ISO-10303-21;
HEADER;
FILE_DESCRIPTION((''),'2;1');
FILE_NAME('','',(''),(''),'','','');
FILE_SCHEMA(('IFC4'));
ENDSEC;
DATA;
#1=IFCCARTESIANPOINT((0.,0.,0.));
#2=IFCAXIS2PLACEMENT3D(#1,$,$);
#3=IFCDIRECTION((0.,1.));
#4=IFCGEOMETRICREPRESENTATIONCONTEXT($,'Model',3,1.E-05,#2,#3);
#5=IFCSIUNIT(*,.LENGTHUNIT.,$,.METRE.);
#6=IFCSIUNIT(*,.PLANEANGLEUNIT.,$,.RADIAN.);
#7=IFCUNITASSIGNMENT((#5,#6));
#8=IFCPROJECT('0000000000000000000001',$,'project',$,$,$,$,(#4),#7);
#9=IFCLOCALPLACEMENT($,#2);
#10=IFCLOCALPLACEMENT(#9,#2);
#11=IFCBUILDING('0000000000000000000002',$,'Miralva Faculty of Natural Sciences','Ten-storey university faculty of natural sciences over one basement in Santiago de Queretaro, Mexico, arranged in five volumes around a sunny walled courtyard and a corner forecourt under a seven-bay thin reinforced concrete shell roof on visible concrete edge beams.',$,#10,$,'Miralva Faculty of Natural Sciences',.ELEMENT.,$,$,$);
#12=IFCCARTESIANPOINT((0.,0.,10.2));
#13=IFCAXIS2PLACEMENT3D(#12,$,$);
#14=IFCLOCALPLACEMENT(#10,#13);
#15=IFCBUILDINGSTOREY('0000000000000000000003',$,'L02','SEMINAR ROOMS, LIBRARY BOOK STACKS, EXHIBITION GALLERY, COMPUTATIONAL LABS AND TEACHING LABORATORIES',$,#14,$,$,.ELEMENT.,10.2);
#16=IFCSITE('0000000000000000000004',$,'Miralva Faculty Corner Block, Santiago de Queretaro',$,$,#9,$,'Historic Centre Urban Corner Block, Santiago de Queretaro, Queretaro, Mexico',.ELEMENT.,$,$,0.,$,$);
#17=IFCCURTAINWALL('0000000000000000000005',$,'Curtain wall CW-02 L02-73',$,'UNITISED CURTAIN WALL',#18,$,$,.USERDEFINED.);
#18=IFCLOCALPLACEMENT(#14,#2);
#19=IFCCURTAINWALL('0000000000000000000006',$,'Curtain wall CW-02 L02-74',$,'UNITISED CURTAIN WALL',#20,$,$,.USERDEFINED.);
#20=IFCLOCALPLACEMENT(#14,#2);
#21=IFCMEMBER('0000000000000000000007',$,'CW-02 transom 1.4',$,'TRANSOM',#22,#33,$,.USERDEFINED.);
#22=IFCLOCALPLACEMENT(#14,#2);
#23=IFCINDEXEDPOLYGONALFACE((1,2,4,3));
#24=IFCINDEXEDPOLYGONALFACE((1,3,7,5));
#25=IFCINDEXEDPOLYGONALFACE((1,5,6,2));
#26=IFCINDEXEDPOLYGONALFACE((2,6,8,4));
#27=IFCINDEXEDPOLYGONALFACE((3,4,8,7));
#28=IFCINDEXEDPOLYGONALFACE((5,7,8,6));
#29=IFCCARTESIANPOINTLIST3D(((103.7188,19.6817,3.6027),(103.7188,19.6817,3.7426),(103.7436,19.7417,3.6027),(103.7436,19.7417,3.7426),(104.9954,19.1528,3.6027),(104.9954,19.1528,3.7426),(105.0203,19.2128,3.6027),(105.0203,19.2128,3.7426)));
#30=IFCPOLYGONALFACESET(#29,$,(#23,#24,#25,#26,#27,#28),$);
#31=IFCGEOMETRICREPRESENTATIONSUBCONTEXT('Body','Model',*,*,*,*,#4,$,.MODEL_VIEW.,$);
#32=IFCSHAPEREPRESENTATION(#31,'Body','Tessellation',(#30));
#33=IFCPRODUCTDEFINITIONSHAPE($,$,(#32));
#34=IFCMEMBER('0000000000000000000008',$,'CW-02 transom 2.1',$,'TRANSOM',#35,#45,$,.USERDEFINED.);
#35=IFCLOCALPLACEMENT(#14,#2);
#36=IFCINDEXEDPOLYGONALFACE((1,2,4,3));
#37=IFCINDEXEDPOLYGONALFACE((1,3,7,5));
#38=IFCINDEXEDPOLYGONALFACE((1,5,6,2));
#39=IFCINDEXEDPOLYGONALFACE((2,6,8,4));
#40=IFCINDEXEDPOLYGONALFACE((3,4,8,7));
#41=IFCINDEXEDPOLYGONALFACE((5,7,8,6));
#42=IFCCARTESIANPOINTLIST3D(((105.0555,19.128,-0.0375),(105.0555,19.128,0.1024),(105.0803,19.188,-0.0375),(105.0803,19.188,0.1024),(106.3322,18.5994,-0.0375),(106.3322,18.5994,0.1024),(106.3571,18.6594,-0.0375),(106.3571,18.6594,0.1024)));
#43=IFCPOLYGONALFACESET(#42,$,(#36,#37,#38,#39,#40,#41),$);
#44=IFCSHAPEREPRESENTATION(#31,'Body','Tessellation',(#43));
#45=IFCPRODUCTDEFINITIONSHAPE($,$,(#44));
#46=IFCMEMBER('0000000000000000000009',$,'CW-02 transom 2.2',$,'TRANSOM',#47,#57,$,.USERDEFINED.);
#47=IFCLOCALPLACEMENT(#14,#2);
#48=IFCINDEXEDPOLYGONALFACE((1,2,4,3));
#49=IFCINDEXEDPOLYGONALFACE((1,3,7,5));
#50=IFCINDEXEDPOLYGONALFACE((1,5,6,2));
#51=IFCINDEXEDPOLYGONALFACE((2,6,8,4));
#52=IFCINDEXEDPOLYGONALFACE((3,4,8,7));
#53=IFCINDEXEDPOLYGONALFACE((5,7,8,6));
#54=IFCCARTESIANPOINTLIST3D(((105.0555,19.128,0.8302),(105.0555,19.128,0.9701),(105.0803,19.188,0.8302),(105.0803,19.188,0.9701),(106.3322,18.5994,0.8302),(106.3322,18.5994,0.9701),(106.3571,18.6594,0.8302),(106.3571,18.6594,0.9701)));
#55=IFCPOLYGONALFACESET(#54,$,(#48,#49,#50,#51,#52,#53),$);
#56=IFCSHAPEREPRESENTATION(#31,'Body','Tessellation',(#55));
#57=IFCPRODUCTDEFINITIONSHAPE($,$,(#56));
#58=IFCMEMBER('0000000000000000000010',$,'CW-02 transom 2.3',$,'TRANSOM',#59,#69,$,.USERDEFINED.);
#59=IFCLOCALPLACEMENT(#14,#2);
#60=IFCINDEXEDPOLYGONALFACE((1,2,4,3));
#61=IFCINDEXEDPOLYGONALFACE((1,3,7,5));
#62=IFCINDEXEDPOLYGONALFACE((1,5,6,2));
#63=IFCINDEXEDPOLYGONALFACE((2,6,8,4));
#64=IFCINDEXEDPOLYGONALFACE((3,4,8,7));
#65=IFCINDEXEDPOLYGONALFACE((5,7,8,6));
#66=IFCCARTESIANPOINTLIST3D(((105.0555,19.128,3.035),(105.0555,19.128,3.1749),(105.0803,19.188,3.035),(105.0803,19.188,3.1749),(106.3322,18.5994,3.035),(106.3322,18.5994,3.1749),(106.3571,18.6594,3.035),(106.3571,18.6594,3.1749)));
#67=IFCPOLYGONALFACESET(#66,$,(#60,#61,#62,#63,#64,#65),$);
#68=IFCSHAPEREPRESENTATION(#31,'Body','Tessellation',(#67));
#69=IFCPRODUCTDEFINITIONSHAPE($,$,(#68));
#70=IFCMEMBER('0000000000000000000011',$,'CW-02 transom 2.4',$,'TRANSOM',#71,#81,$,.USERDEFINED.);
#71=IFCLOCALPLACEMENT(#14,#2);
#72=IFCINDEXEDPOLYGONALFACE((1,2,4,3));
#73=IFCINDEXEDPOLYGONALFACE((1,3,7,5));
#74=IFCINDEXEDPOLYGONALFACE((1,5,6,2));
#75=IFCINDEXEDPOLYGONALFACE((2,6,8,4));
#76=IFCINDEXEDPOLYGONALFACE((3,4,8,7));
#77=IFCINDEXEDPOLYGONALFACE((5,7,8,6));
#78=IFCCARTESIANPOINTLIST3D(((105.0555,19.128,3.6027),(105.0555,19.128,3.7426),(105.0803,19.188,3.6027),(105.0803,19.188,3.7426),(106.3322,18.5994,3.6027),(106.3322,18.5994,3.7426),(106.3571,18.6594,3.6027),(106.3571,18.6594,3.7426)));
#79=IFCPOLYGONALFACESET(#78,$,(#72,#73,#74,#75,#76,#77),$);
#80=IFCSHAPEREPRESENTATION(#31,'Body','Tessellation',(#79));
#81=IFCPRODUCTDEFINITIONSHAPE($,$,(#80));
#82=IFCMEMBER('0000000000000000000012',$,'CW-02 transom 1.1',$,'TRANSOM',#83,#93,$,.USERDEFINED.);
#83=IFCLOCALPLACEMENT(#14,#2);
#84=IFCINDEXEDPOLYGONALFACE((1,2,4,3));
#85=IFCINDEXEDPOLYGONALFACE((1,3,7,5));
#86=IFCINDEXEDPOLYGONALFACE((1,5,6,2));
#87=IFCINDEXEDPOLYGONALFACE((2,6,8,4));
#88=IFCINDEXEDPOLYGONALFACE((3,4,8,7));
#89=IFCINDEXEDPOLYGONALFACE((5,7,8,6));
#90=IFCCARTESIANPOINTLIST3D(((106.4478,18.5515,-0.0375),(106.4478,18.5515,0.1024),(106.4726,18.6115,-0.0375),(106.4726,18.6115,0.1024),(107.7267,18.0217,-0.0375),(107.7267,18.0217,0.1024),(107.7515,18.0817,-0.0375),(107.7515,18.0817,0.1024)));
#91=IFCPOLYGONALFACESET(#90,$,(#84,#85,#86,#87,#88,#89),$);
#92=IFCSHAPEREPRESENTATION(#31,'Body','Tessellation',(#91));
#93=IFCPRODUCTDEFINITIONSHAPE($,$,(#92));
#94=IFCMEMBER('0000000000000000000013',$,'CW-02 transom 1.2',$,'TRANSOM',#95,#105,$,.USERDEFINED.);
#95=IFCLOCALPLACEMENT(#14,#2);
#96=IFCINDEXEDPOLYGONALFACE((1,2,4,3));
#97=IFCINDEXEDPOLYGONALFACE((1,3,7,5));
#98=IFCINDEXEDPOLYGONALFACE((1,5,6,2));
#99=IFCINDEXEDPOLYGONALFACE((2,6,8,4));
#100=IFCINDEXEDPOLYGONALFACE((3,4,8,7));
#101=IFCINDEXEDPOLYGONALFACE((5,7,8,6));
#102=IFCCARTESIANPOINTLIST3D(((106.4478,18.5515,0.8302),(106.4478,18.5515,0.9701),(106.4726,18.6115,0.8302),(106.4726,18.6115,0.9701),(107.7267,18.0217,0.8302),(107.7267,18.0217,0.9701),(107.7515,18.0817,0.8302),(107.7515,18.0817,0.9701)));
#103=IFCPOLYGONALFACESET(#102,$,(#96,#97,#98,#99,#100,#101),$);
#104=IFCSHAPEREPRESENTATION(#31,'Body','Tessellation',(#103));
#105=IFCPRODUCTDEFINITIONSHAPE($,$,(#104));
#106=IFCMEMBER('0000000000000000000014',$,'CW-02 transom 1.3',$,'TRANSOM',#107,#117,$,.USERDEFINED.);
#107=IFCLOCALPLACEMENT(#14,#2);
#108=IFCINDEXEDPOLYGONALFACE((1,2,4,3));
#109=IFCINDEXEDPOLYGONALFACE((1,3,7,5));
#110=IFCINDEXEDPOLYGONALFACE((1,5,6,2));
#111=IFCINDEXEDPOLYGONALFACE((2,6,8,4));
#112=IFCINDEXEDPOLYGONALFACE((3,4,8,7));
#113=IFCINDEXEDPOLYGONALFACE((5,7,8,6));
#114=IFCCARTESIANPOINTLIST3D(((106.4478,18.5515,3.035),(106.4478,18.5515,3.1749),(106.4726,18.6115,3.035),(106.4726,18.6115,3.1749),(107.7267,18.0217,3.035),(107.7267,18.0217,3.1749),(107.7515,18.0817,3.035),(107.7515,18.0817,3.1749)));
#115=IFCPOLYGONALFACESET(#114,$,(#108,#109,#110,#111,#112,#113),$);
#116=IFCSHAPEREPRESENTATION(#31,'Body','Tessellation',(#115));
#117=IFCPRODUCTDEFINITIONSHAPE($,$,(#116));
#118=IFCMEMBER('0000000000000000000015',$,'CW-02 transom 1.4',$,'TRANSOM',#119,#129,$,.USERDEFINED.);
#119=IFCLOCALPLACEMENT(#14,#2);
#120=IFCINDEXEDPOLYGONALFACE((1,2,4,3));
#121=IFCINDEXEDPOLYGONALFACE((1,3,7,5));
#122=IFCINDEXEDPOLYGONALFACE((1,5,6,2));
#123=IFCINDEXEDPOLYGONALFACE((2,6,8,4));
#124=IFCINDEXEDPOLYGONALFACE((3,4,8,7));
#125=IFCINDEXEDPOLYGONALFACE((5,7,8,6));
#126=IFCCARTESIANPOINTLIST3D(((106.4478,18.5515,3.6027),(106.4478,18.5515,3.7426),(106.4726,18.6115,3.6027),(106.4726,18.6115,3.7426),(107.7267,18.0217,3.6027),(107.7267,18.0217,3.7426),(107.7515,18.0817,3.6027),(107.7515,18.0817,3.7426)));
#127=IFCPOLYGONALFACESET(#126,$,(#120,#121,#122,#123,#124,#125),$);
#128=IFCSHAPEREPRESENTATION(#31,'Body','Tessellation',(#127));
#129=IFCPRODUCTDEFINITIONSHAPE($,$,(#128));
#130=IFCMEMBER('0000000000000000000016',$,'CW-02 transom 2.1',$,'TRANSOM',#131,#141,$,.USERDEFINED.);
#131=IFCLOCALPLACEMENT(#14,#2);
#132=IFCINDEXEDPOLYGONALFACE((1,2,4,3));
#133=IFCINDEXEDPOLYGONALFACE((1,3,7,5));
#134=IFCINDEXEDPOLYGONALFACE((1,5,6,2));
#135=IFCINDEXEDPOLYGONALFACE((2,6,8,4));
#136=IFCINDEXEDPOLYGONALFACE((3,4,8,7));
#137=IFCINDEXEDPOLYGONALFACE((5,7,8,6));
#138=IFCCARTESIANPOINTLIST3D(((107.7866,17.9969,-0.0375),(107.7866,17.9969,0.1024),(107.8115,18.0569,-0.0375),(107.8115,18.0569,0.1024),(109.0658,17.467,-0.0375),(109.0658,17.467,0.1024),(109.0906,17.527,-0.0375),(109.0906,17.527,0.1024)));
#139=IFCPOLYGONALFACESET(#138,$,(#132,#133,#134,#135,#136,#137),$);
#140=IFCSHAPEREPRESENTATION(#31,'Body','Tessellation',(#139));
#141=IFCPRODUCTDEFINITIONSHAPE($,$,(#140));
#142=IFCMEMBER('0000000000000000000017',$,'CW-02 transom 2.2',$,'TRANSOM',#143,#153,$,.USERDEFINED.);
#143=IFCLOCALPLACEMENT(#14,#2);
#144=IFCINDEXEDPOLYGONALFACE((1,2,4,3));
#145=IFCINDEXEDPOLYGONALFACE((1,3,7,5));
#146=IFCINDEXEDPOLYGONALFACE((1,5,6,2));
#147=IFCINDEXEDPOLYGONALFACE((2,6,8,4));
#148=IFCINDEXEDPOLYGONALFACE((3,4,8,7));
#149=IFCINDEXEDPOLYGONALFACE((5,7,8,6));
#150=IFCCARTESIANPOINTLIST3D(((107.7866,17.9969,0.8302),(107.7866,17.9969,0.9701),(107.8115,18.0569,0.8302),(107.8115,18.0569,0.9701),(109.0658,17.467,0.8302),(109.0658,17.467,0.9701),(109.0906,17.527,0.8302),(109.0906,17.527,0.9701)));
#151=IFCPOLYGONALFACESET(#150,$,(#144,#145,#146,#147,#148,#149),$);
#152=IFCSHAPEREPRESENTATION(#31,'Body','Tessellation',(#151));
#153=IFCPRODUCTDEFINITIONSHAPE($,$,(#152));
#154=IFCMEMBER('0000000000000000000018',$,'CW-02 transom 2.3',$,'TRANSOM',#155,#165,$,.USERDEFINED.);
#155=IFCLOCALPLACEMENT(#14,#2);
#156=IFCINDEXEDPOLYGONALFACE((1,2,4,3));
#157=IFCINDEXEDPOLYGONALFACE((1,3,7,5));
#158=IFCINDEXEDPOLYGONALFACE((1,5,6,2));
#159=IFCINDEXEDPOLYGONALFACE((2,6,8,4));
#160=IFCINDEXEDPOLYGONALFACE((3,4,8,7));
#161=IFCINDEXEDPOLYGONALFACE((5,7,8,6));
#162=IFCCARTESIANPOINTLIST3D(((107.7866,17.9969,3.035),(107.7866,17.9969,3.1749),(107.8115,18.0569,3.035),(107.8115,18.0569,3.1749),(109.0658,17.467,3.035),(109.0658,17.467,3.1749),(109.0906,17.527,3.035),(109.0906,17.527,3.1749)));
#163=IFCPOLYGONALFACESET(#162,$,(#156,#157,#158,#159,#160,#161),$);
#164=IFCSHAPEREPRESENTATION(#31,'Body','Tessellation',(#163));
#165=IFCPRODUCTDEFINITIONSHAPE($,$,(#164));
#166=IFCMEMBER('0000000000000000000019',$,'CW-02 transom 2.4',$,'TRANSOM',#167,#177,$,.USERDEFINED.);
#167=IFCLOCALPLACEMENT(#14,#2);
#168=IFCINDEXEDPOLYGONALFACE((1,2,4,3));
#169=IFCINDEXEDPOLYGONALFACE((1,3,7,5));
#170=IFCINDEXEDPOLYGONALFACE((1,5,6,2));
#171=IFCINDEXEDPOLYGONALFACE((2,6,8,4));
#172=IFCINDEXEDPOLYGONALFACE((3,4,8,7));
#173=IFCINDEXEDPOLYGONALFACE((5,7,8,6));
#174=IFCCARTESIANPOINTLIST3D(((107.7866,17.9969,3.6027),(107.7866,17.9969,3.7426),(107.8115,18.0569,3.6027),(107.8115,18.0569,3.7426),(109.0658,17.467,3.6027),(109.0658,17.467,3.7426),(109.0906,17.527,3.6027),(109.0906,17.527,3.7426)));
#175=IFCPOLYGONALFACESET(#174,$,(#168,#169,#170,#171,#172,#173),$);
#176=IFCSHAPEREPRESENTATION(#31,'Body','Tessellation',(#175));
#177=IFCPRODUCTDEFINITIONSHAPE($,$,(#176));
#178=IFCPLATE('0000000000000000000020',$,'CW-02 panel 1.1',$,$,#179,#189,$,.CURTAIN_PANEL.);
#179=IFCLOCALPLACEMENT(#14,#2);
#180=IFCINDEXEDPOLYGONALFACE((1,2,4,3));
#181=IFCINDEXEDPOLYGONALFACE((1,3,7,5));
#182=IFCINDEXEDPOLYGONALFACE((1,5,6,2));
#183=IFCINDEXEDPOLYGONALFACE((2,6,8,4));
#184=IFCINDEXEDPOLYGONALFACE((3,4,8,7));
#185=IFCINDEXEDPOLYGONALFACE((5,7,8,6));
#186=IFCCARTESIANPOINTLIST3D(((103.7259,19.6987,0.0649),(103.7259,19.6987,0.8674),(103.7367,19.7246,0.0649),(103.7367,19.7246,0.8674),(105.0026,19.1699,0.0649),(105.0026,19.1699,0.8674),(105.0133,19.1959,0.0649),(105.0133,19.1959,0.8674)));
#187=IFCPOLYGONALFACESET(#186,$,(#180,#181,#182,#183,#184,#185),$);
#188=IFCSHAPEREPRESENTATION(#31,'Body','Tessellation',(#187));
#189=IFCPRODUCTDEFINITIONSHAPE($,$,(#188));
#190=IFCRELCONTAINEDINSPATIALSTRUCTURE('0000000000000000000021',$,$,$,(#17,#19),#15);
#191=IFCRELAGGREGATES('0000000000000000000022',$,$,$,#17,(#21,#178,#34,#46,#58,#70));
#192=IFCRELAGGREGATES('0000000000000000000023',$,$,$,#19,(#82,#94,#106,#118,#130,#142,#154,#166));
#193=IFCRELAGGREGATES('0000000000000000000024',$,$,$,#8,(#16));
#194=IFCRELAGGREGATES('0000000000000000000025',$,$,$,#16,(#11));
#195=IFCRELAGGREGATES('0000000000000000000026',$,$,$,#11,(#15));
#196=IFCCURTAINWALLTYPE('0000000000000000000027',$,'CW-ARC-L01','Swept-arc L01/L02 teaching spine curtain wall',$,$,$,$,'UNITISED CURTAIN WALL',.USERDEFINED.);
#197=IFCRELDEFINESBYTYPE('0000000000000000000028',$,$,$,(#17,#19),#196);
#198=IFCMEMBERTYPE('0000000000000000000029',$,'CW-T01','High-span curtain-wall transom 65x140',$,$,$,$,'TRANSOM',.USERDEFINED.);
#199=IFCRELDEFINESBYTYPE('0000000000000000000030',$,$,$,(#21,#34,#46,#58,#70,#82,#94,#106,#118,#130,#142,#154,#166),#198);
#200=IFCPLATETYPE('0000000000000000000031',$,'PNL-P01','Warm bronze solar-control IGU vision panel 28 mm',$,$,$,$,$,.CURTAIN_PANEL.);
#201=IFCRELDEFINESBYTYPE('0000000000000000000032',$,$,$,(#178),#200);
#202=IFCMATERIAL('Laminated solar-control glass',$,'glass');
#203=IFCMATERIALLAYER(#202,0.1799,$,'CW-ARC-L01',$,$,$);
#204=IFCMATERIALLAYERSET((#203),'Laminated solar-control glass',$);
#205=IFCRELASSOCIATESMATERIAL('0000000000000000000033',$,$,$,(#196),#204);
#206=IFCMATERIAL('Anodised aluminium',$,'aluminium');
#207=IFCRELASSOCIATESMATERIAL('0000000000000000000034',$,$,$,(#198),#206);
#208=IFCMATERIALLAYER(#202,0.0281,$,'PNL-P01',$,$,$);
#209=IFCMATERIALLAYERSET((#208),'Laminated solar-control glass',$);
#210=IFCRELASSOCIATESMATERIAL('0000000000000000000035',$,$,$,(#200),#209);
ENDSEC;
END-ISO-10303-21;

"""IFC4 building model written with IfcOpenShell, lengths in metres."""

from ifc_helpers import new_model, si_unit, direction, frame, origin, origin_2d, place, context, subcontext, project, spatial, rectangle, extrude, material, layer, layer_set, material_profile, profile_set, type_object, element, aggregate, save


model = new_model("IFC4")

# Units and contexts
model_context = context("Model", 3, precision=1e-05, world=origin(), true_north=direction((0.0, 1.0)))
body_context = subcontext(model_context, "Body", "Model", "MODEL_VIEW")
ifc_project = project(units=[si_unit("LENGTHUNIT", "METRE"), si_unit("PLANEANGLEUNIT", "RADIAN")], contexts=[model_context])

# Site, building, storey
site_placement = place(None, origin())
site = spatial("IfcSite", under=ifc_project, at=site_placement, Name="Miralva Faculty Corner Block, Santiago de Queretaro", LongName="Historic Centre Urban Corner Block, Santiago de Queretaro, Queretaro, Mexico", CompositionType="ELEMENT", RefElevation=0.0)
building_placement = place(site_placement, origin())
building = spatial("IfcBuilding", under=site, at=building_placement, Name="Miralva Faculty of Natural Sciences", Description="Ten-storey university faculty of natural sciences over one basement in Santiago de Queretaro, Mexico, arranged in five volumes around a sunny walled courtyard and a corner forecourt under a seven-bay thin reinforced concrete shell roof on visible concrete edge beams.", LongName="Miralva Faculty of Natural Sciences", CompositionType="ELEMENT")
storey_placement = place(building_placement, frame((0.0, 0.0, 10.2)))
storey = spatial("IfcBuildingStorey", under=building, at=storey_placement, Name="L02", Description="SEMINAR ROOMS, LIBRARY BOOK STACKS, EXHIBITION GALLERY, COMPUTATIONAL LABS AND TEACHING LABORATORIES", CompositionType="ELEMENT", Elevation=10.2)

# Curtain walls
ifc_material_1 = material(Name="Laminated solar-control glass", Category="glass")
ifc_layer_1 = layer(ifc_material_1, 0.1799, Name="CW-ARC-L01")
ifc_layer_set_1 = layer_set([ifc_layer_1], Name="Laminated solar-control glass")
curtain_wall_type = type_object("IfcCurtainWallType", Name="CW-ARC-L01", Description="Swept-arc L01/L02 teaching spine curtain wall", ElementType="UNITISED CURTAIN WALL", PredefinedType="USERDEFINED", material=ifc_layer_set_1)
curtain_wall_1_placement = place(storey_placement, origin())
curtain_wall_1 = element("IfcCurtainWall", 1, at=curtain_wall_1_placement, inside=storey, type_object=curtain_wall_type, Name="Curtain wall CW-02 L02-73", ObjectType="UNITISED CURTAIN WALL", PredefinedType="USERDEFINED")
ifc_material_2 = material(Name="Anodised aluminium", Category="aluminium")
curtain_wall_2_placement = place(storey_placement, origin())
curtain_wall_2 = element("IfcCurtainWall", 2, at=curtain_wall_2_placement, inside=storey, type_object=curtain_wall_type, Name="Curtain wall CW-02 L02-74", ObjectType="UNITISED CURTAIN WALL", PredefinedType="USERDEFINED")

# Members
ifc_material_profile_1 = material_profile(ifc_material_2, rectangle(XDim=0.0649, YDim=0.1399, at=origin_2d()), Name="TRANSOM 65x140")
ifc_profile_set_1 = profile_set([ifc_material_profile_1], Name="Anodised aluminium")
member_type_1 = type_object("IfcMemberType", Name="CW-T01", Description="High-span curtain-wall transom 65x140", ElementType="TRANSOM", PredefinedType="USERDEFINED", material=ifc_profile_set_1)
member_1_placement = place(storey_placement, frame((103.7312, 19.7117, 3.6726), z_axis=(0.923875, -0.382695, 0.0), x_axis=(0.382695, 0.923875, 0.0)))
member_1 = element("IfcMember", 3, at=member_1_placement, type_object=member_type_1, Name="CW-02 transom 1.4", ObjectType="TRANSOM", PredefinedType="USERDEFINED", context=body_context, shape_type="SweptSolid", body=[
    extrude(rectangle(XDim=0.0649, YDim=0.1399, at=origin_2d()), origin(), (0.0, 0.0, 1.0), 1.3818),
])
member_2_placement = place(storey_placement, frame((105.0679, 19.158, 0.0325), z_axis=(0.923963, -0.382482, 0.0), x_axis=(0.382482, 0.923963, 0.0)))
member_2 = element("IfcMember", 4, at=member_2_placement, type_object=member_type_1, Name="CW-02 transom 2.1", ObjectType="TRANSOM", PredefinedType="USERDEFINED", context=body_context, shape_type="SweptSolid", body=[
    extrude(rectangle(XDim=0.0649, YDim=0.1399, at=origin_2d()), origin(), (0.0, 0.0, 1.0), 1.3818),
])
member_3_placement = place(storey_placement, frame((105.0679, 19.158, 0.9001), z_axis=(0.923963, -0.382482, 0.0), x_axis=(0.382482, 0.923963, 0.0)))
member_3 = element("IfcMember", 5, at=member_3_placement, type_object=member_type_1, Name="CW-02 transom 2.2", ObjectType="TRANSOM", PredefinedType="USERDEFINED", context=body_context, shape_type="SweptSolid", body=[
    extrude(rectangle(XDim=0.0649, YDim=0.1399, at=origin_2d()), origin(), (0.0, 0.0, 1.0), 1.3818),
])
member_4_placement = place(storey_placement, frame((105.0679, 19.158, 3.105), z_axis=(0.923963, -0.382482, 0.0), x_axis=(0.382482, 0.923963, 0.0)))
member_4 = element("IfcMember", 6, at=member_4_placement, type_object=member_type_1, Name="CW-02 transom 2.3", ObjectType="TRANSOM", PredefinedType="USERDEFINED", context=body_context, shape_type="SweptSolid", body=[
    extrude(rectangle(XDim=0.0649, YDim=0.1399, at=origin_2d()), origin(), (0.0, 0.0, 1.0), 1.3818),
])
member_5_placement = place(storey_placement, frame((105.0679, 19.158, 3.6726), z_axis=(0.923963, -0.382482, 0.0), x_axis=(0.382482, 0.923963, 0.0)))
member_5 = element("IfcMember", 7, at=member_5_placement, type_object=member_type_1, Name="CW-02 transom 2.4", ObjectType="TRANSOM", PredefinedType="USERDEFINED", context=body_context, shape_type="SweptSolid", body=[
    extrude(rectangle(XDim=0.0649, YDim=0.1399, at=origin_2d()), origin(), (0.0, 0.0, 1.0), 1.3818),
])
member_6_placement = place(storey_placement, frame((106.4602, 18.5815, 0.0325), z_axis=(0.923858, -0.382736, 0.0), x_axis=(0.382736, 0.923858, 0.0)))
member_6 = element("IfcMember", 8, at=member_6_placement, type_object=member_type_1, Name="CW-02 transom 1.1", ObjectType="TRANSOM", PredefinedType="USERDEFINED", context=body_context, shape_type="SweptSolid", body=[
    extrude(rectangle(XDim=0.0649, YDim=0.1399, at=origin_2d()), origin(), (0.0, 0.0, 1.0), 1.3843),
])
member_7_placement = place(storey_placement, frame((106.4602, 18.5815, 0.9001), z_axis=(0.923858, -0.382736, 0.0), x_axis=(0.382736, 0.923858, 0.0)))
member_7 = element("IfcMember", 9, at=member_7_placement, type_object=member_type_1, Name="CW-02 transom 1.2", ObjectType="TRANSOM", PredefinedType="USERDEFINED", context=body_context, shape_type="SweptSolid", body=[
    extrude(rectangle(XDim=0.0649, YDim=0.1399, at=origin_2d()), origin(), (0.0, 0.0, 1.0), 1.3843),
])
member_8_placement = place(storey_placement, frame((106.4602, 18.5815, 3.105), z_axis=(0.923858, -0.382736, 0.0), x_axis=(0.382736, 0.923858, 0.0)))
member_8 = element("IfcMember", 10, at=member_8_placement, type_object=member_type_1, Name="CW-02 transom 1.3", ObjectType="TRANSOM", PredefinedType="USERDEFINED", context=body_context, shape_type="SweptSolid", body=[
    extrude(rectangle(XDim=0.0649, YDim=0.1399, at=origin_2d()), origin(), (0.0, 0.0, 1.0), 1.3843),
])
member_9_placement = place(storey_placement, frame((106.4602, 18.5815, 3.6726), z_axis=(0.923858, -0.382736, 0.0), x_axis=(0.382736, 0.923858, 0.0)))
member_9 = element("IfcMember", 11, at=member_9_placement, type_object=member_type_1, Name="CW-02 transom 1.4", ObjectType="TRANSOM", PredefinedType="USERDEFINED", context=body_context, shape_type="SweptSolid", body=[
    extrude(rectangle(XDim=0.0649, YDim=0.1399, at=origin_2d()), origin(), (0.0, 0.0, 1.0), 1.3843),
])
member_10_placement = place(storey_placement, frame((107.7991, 18.0269, 0.0325), z_axis=(0.923884, -0.382674, 0.0), x_axis=(0.382674, 0.923884, 0.0)))
member_10 = element("IfcMember", 12, at=member_10_placement, type_object=member_type_1, Name="CW-02 transom 2.1", ObjectType="TRANSOM", PredefinedType="USERDEFINED", context=body_context, shape_type="SweptSolid", body=[
    extrude(rectangle(XDim=0.0649, YDim=0.1399, at=origin_2d()), origin(), (0.0, 0.0, 1.0), 1.3845),
])
member_11_placement = place(storey_placement, frame((107.7991, 18.0269, 0.9001), z_axis=(0.923884, -0.382674, 0.0), x_axis=(0.382674, 0.923884, 0.0)))
member_11 = element("IfcMember", 13, at=member_11_placement, type_object=member_type_1, Name="CW-02 transom 2.2", ObjectType="TRANSOM", PredefinedType="USERDEFINED", context=body_context, shape_type="SweptSolid", body=[
    extrude(rectangle(XDim=0.0649, YDim=0.1399, at=origin_2d()), origin(), (0.0, 0.0, 1.0), 1.3845),
])
member_12_placement = place(storey_placement, frame((107.7991, 18.0269, 3.105), z_axis=(0.923884, -0.382674, 0.0), x_axis=(0.382674, 0.923884, 0.0)))
member_12 = element("IfcMember", 14, at=member_12_placement, type_object=member_type_1, Name="CW-02 transom 2.3", ObjectType="TRANSOM", PredefinedType="USERDEFINED", context=body_context, shape_type="SweptSolid", body=[
    extrude(rectangle(XDim=0.0649, YDim=0.1399, at=origin_2d()), origin(), (0.0, 0.0, 1.0), 1.3845),
])
member_13_placement = place(storey_placement, frame((107.7991, 18.0269, 3.6726), z_axis=(0.923884, -0.382674, 0.0), x_axis=(0.382674, 0.923884, 0.0)))
member_13 = element("IfcMember", 15, at=member_13_placement, type_object=member_type_1, Name="CW-02 transom 2.4", ObjectType="TRANSOM", PredefinedType="USERDEFINED", context=body_context, shape_type="SweptSolid", body=[
    extrude(rectangle(XDim=0.0649, YDim=0.1399, at=origin_2d()), origin(), (0.0, 0.0, 1.0), 1.3845),
])

# Plate
ifc_layer_2 = layer(ifc_material_1, 0.0281, Name="PNL-P01")
ifc_layer_set_2 = layer_set([ifc_layer_2], Name="Laminated solar-control glass")
plate_type = type_object("IfcPlateType", Name="PNL-P01", Description="Warm bronze solar-control IGU vision panel 28 mm", PredefinedType="CURTAIN_PANEL", material=ifc_layer_set_2)
plate_1_placement = place(storey_placement, frame((104.3696, 19.4473, 0.0649), z_axis=(0.0, 0.0, 1.0), x_axis=(0.923891, -0.382656, 0.0)))
plate_1 = element("IfcPlate", 16, at=plate_1_placement, type_object=plate_type, Name="CW-02 panel 1.1", PredefinedType="CURTAIN_PANEL", context=body_context, shape_type="SweptSolid", body=[
    extrude(rectangle(XDim=1.3818, YDim=0.0281, at=origin_2d()), origin(), (0.0, 0.0, 1.0), 0.8025),
])
aggregate(curtain_wall_1, [member_1, plate_1, member_2, member_3, member_4, member_5])
aggregate(curtain_wall_2, [member_6, member_7, member_8, member_9, member_10, member_11, member_12, member_13])

save(model, "model.ifc")
